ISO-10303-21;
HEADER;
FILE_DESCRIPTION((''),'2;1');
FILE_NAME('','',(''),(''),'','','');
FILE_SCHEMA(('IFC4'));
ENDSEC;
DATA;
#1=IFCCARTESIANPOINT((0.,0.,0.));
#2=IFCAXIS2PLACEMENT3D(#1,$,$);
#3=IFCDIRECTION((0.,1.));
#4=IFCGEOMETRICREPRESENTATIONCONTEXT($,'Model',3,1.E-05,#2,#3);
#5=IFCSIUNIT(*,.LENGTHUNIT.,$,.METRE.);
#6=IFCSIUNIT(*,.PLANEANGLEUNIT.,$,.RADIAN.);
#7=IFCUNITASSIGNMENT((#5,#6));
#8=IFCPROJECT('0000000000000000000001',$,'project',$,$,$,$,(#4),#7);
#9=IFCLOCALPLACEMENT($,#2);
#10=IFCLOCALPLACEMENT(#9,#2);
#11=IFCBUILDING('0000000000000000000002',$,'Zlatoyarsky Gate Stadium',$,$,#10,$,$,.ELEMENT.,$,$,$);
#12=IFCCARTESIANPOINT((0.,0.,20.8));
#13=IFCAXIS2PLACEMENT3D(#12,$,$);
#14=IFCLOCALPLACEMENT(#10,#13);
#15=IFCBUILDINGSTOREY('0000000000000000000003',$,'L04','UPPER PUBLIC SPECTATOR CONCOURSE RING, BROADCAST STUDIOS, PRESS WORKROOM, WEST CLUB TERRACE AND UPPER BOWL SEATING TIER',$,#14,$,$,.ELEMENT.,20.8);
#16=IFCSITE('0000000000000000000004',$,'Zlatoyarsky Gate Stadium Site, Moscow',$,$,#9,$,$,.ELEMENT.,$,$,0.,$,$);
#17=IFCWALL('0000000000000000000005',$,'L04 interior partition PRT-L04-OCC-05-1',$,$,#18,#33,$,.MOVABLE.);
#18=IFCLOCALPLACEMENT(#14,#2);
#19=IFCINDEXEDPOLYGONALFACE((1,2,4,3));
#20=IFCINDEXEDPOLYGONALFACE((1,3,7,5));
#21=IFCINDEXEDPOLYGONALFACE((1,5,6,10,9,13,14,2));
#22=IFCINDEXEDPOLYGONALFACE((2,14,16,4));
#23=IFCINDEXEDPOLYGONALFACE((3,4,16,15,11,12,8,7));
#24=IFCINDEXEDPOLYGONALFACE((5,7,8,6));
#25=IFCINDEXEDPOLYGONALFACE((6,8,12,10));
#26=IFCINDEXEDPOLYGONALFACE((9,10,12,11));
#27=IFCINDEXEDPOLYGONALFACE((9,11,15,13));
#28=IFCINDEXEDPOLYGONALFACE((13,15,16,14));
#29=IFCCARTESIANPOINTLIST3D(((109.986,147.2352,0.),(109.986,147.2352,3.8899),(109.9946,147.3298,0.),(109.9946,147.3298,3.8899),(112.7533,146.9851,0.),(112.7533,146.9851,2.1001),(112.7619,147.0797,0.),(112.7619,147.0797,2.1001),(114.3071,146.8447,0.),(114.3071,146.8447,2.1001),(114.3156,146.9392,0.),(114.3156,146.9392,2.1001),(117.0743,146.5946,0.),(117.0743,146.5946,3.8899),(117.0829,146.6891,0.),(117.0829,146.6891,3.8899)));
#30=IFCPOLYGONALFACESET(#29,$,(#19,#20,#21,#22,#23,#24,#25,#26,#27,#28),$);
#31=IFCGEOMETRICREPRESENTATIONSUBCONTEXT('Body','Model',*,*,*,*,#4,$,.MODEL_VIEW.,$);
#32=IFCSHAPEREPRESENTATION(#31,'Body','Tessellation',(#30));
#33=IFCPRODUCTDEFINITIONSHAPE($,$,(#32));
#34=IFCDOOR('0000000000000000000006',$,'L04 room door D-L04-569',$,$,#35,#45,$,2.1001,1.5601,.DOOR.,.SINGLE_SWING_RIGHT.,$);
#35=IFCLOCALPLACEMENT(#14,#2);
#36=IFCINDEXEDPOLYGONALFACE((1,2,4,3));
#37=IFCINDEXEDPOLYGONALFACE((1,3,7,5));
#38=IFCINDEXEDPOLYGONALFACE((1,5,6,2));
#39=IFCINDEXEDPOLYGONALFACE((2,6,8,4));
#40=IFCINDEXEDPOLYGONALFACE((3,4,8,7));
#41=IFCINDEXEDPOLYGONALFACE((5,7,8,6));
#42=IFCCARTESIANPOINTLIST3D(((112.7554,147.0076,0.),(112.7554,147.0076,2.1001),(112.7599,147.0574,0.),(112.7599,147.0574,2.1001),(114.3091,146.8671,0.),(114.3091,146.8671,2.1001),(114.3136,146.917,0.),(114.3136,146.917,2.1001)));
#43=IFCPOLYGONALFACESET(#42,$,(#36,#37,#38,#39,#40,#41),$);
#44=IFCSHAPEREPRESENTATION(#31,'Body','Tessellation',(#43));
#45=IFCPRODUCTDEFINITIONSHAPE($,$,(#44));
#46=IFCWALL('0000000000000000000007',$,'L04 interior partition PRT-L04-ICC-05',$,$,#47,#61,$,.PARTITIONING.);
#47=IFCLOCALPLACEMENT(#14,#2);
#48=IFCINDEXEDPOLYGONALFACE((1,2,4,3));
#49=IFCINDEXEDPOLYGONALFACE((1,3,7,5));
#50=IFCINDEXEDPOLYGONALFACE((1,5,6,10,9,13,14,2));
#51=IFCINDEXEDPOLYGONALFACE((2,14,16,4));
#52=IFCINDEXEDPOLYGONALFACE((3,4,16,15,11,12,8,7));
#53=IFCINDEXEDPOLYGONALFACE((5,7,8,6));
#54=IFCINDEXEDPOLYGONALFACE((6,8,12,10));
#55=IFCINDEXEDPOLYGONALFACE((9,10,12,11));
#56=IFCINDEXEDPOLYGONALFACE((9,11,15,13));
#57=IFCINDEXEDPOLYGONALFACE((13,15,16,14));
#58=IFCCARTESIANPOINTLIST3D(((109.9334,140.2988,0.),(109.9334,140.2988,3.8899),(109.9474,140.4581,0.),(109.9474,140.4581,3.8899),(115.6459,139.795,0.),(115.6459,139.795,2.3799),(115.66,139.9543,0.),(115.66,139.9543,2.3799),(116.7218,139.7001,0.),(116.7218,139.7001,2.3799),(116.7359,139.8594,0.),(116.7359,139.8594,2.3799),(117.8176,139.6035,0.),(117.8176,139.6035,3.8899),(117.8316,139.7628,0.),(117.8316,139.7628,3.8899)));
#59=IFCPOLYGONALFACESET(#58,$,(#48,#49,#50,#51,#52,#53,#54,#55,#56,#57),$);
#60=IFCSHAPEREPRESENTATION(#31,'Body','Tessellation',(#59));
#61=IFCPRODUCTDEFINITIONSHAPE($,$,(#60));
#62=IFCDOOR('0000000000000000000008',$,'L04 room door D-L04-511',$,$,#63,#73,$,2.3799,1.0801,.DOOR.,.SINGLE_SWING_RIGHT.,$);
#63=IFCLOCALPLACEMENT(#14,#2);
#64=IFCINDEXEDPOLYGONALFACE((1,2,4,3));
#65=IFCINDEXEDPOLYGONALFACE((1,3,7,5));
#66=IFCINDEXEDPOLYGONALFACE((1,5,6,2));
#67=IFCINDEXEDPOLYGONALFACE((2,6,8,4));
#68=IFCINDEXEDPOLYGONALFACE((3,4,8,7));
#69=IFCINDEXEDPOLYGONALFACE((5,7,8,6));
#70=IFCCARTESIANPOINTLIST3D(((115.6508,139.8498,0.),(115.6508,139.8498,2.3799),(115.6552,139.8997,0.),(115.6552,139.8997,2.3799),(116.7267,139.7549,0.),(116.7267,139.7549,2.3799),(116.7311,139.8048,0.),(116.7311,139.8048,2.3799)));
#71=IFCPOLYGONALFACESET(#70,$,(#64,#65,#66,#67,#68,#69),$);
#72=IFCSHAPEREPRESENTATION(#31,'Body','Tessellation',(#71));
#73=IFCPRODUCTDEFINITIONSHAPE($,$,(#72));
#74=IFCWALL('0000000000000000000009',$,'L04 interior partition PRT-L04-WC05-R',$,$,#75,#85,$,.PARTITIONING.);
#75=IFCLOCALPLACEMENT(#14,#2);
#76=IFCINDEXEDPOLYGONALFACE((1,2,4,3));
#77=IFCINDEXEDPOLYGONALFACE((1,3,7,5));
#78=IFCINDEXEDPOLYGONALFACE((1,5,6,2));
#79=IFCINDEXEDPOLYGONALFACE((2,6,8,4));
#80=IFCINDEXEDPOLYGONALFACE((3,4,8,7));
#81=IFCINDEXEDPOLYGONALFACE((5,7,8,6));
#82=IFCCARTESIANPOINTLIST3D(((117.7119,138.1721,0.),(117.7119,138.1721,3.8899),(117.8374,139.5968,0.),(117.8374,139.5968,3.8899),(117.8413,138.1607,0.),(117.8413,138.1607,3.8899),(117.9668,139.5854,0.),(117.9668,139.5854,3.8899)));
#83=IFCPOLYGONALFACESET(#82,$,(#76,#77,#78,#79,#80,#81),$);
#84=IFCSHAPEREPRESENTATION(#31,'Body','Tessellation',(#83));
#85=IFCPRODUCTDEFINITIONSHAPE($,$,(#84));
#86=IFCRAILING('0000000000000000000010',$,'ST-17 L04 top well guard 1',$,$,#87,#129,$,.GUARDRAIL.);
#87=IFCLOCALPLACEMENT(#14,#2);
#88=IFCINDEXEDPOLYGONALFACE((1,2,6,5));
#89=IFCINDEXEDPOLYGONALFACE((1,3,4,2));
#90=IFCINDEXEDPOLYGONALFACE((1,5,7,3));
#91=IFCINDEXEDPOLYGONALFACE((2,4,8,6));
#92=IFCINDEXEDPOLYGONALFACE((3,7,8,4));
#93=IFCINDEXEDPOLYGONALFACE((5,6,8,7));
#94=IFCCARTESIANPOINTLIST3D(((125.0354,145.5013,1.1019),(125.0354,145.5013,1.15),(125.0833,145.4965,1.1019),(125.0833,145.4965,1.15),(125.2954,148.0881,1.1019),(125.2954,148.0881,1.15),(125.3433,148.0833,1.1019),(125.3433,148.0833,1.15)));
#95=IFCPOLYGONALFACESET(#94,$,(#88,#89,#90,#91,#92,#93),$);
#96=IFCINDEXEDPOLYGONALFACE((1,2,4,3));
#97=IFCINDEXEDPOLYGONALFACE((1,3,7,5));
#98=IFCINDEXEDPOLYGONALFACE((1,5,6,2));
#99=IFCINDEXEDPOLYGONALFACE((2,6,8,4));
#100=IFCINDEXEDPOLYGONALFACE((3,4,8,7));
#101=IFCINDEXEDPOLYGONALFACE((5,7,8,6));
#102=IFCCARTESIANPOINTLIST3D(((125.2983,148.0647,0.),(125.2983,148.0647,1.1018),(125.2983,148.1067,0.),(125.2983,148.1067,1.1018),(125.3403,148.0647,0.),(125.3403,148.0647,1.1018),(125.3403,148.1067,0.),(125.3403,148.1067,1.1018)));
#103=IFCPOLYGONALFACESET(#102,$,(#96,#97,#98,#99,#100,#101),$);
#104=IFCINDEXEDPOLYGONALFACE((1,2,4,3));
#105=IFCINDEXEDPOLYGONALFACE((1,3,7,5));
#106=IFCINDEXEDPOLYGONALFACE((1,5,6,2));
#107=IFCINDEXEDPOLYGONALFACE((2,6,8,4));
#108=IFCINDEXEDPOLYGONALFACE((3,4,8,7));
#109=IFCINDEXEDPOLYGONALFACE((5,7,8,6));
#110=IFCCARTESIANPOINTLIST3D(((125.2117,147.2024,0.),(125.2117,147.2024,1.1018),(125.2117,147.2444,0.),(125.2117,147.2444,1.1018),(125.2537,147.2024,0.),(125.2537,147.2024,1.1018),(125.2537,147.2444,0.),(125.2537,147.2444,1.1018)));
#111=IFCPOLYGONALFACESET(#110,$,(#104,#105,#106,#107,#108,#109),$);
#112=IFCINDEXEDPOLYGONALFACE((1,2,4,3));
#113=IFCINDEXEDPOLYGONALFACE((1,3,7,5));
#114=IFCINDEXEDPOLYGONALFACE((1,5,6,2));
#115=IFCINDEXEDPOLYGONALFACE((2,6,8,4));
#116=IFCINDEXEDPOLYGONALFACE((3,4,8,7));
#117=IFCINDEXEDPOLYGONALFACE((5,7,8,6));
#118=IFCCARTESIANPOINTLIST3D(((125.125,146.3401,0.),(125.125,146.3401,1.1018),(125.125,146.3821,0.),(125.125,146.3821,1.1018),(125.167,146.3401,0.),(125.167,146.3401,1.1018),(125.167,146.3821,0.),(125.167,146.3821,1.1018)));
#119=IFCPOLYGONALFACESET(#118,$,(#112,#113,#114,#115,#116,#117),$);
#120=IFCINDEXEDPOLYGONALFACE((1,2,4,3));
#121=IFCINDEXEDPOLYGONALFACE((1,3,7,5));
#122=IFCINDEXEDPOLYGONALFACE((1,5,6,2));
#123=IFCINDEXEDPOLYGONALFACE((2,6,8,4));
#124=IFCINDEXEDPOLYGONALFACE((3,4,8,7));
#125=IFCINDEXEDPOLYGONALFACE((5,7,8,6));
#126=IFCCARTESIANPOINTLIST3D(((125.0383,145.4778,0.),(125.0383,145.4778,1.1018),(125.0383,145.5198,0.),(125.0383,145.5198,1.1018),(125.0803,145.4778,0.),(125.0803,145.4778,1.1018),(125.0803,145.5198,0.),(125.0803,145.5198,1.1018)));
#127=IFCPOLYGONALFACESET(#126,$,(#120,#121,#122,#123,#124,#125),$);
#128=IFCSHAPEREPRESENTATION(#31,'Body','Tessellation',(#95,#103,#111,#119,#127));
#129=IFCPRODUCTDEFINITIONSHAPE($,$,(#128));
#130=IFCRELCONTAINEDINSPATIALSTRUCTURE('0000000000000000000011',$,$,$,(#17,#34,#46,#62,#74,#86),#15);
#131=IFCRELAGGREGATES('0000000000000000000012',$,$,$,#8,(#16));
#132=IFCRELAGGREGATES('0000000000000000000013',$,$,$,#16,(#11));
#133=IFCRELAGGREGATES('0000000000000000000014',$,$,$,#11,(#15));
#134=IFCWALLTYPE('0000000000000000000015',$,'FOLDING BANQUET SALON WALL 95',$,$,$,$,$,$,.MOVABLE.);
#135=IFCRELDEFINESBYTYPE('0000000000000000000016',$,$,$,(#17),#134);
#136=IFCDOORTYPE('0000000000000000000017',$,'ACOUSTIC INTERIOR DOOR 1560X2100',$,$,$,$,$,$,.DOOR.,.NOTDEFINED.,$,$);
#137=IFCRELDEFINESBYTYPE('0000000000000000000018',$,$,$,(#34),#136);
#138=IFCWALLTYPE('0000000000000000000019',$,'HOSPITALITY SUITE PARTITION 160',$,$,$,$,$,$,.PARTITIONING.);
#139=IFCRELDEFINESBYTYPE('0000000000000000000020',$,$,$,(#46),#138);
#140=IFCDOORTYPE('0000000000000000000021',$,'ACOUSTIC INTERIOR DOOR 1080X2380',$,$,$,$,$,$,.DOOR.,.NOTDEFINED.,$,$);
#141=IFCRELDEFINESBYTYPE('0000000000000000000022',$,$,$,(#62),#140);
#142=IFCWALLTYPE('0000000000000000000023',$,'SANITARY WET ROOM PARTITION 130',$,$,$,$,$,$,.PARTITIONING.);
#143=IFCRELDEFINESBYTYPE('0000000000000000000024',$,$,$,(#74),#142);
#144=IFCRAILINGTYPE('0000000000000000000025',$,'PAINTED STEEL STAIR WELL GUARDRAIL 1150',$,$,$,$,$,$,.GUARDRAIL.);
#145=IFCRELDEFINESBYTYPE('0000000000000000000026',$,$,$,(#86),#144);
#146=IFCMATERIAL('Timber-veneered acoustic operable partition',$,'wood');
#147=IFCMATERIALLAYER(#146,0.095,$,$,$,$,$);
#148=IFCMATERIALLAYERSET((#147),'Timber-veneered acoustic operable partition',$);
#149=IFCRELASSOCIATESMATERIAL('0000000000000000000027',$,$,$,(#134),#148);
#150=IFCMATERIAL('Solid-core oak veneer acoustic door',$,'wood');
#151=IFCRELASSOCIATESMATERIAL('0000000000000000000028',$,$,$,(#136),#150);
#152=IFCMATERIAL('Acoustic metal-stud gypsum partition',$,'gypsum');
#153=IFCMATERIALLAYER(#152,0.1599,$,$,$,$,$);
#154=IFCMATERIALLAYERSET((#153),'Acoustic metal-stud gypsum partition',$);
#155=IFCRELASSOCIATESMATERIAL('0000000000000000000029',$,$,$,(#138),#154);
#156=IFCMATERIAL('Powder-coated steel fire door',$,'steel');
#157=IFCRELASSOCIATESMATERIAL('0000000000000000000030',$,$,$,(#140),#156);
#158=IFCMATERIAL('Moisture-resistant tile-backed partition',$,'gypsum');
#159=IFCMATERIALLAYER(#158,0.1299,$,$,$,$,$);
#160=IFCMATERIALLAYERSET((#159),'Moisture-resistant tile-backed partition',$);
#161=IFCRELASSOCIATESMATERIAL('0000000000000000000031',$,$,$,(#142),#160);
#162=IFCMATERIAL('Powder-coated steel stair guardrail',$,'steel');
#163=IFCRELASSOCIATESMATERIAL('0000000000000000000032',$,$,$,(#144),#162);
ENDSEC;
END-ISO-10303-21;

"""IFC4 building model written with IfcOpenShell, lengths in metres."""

from ifc_helpers import new_model, si_unit, direction, frame, frame_2d, origin, origin_2d, place, context, subcontext, project, spatial, rectangle, extrude, material, layer, layer_set, type_object, element, fill, save


model = new_model("IFC4")

# Units and contexts
model_context = context("Model", 3, precision=1e-05, world=origin(), true_north=direction((0.0, 1.0)))
body_context = subcontext(model_context, "Body", "Model", "MODEL_VIEW")
ifc_project = project(units=[si_unit("LENGTHUNIT", "METRE"), si_unit("PLANEANGLEUNIT", "RADIAN")], contexts=[model_context])

# Site, building, storey
site_placement = place(None, origin())
site = spatial("IfcSite", under=ifc_project, at=site_placement, Name="Zlatoyarsky Gate Stadium Site, Moscow", CompositionType="ELEMENT", RefElevation=0.0)
building_placement = place(site_placement, origin())
building = spatial("IfcBuilding", under=site, at=building_placement, Name="Zlatoyarsky Gate Stadium", CompositionType="ELEMENT")
storey_placement = place(building_placement, frame((0.0, 0.0, 20.8)))
storey = spatial("IfcBuildingStorey", under=building, at=storey_placement, Name="L04", Description="UPPER PUBLIC SPECTATOR CONCOURSE RING, BROADCAST STUDIOS, PRESS WORKROOM, WEST CLUB TERRACE AND UPPER BOWL SEATING TIER", CompositionType="ELEMENT", Elevation=20.8)

# Shared definitions
ifc_material_1 = material(Name="Powder-coated steel fire door", Category="steel")

# Walls, openings, doors
ifc_material_2 = material(Name="Timber-veneered acoustic operable partition", Category="wood")
ifc_layer_1 = layer(ifc_material_2, 0.095)
ifc_layer_set_1 = layer_set([ifc_layer_1], Name="Timber-veneered acoustic operable partition")
wall_type_1 = type_object("IfcWallType", Name="FOLDING BANQUET SALON WALL 95", PredefinedType="MOVABLE", material=ifc_layer_set_1)
wall_1_placement = place(storey_placement, frame((117.0786, 146.6418, 0.0), z_axis=(0.0, 0.0, 1.0), x_axis=(-0.995941, 0.09001, 0.0)))
wall_1 = element("IfcWall", 1, at=wall_1_placement, inside=storey, type_object=wall_type_1, Name="L04 interior partition PRT-L04-OCC-05-1", PredefinedType="MOVABLE", context=body_context, shape_type="SweptSolid", body=[
    extrude(rectangle(XDim=7.1172, YDim=0.095, at=frame_2d((3.5586, 0.0))), origin(), (0.0, 0.0, 1.0), 3.8899),
])
opening_1_placement = place(wall_1_placement, frame((2.7786, 0.0, 0.0)))
opening_1 = element("IfcOpeningElement", 2, at=opening_1_placement, cuts=wall_1, PredefinedType="OPENING", context=body_context, shape_type="SweptSolid", body=[
    extrude(rectangle(XDim=1.5601, YDim=2.1001, at=frame_2d((0.78, 1.05))), frame((0.0, 0.0574, 0.0), z_axis=(0.0, -1.0, 0.0), x_axis=(1.0, 0.0, 0.0)), (0.0, 0.0, 1.0), 0.115),
])
ifc_material_3 = material(Name="Solid-core oak veneer acoustic door", Category="wood")
door_type_1 = type_object("IfcDoorType", Name="ACOUSTIC INTERIOR DOOR 1560X2100", OperationType="NOTDEFINED", PredefinedType="DOOR", material=ifc_material_3)
door_1_placement = place(opening_1_placement, origin())
door_1 = element("IfcDoor", 3, at=door_1_placement, inside=storey, type_object=door_type_1, Name="L04 room door D-L04-569", OperationType="SINGLE_SWING_RIGHT", OverallHeight=2.1001, OverallWidth=1.5601, PredefinedType="DOOR", context=body_context, shape_type="SweptSolid", body=[
    extrude(rectangle(XDim=1.5601, YDim=2.1001, at=frame_2d((0.78, 1.05))), frame((0.0, 0.0249, 0.0), z_axis=(0.0, -1.0, 0.0), x_axis=(1.0, 0.0, 0.0)), (0.0, 0.0, 1.0), 0.05),
])
fill(opening_1, door_1)
ifc_material_4 = material(Name="Acoustic metal-stud gypsum partition", Category="gypsum")
ifc_layer_2 = layer(ifc_material_4, 0.1599)
ifc_layer_set_2 = layer_set([ifc_layer_2], Name="Acoustic metal-stud gypsum partition")
wall_type_2 = type_object("IfcWallType", Name="HOSPITALITY SUITE PARTITION 160", PredefinedType="PARTITIONING", material=ifc_layer_set_2)
wall_2_placement = place(storey_placement, frame((117.8247, 139.6831, 0.0), z_axis=(0.0, 0.0, 1.0), x_axis=(-0.996134, 0.087849, 0.0)))
wall_2 = element("IfcWall", 4, at=wall_2_placement, inside=storey, type_object=wall_type_2, Name="L04 interior partition PRT-L04-ICC-05", PredefinedType="PARTITIONING", context=body_context, shape_type="SweptSolid", body=[
    extrude(rectangle(XDim=7.9148, YDim=0.1599, at=frame_2d((3.9575, 0.0))), origin(), (0.0, 0.0, 1.0), 3.8899),
])
opening_2_placement = place(wall_2_placement, frame((1.1001, 0.0, 0.0)))
opening_2 = element("IfcOpeningElement", 5, at=opening_2_placement, cuts=wall_2, PredefinedType="OPENING", context=body_context, shape_type="SweptSolid", body=[
    extrude(rectangle(XDim=1.0801, YDim=2.3799, at=frame_2d((0.54, 1.1899))), frame((0.0, 0.0898, 0.0), z_axis=(0.0, -1.0, 0.0), x_axis=(1.0, 0.0, 0.0)), (0.0, 0.0, 1.0), 0.1799),
])
door_type_2 = type_object("IfcDoorType", Name="ACOUSTIC INTERIOR DOOR 1080X2380", OperationType="NOTDEFINED", PredefinedType="DOOR", material=ifc_material_1)
door_2_placement = place(opening_2_placement, origin())
door_2 = element("IfcDoor", 6, at=door_2_placement, inside=storey, type_object=door_type_2, Name="L04 room door D-L04-511", OperationType="SINGLE_SWING_RIGHT", OverallHeight=2.3799, OverallWidth=1.0801, PredefinedType="DOOR", context=body_context, shape_type="SweptSolid", body=[
    extrude(rectangle(XDim=1.0801, YDim=2.3799, at=frame_2d((0.54, 1.1899))), frame((0.0, 0.0249, 0.0), z_axis=(0.0, -1.0, 0.0), x_axis=(1.0, 0.0, 0.0)), (0.0, 0.0, 1.0), 0.05),
])
fill(opening_2, door_2)

# Wall
ifc_material_5 = material(Name="Moisture-resistant tile-backed partition", Category="gypsum")
ifc_layer_3 = layer(ifc_material_5, 0.1299)
ifc_layer_set_3 = layer_set([ifc_layer_3], Name="Moisture-resistant tile-backed partition")
wall_type_3 = type_object("IfcWallType", Name="SANITARY WET ROOM PARTITION 130", PredefinedType="PARTITIONING", material=ifc_layer_set_3)
wall_3_placement = place(storey_placement, frame((117.9021, 139.5911, 0.0), z_axis=(0.0, 0.0, 1.0), x_axis=(-0.087749, -0.996143, 0.0)))
element("IfcWall", 7, at=wall_3_placement, inside=storey, type_object=wall_type_3, Name="L04 interior partition PRT-L04-WC05-R", PredefinedType="PARTITIONING", context=body_context, shape_type="SweptSolid", body=[
    extrude(rectangle(XDim=1.4302, YDim=0.1299, at=frame_2d((0.7151, 0.0))), origin(), (0.0, 0.0, 1.0), 3.8899),
])

# Railing
ifc_material_6 = material(Name="Powder-coated steel stair guardrail", Category="steel")
railing_type = type_object("IfcRailingType", Name="PAINTED STEEL STAIR WELL GUARDRAIL 1150", PredefinedType="GUARDRAIL", material=ifc_material_6)
railing_placement = place(storey_placement, frame((125.3193, 148.0857, 0.0)))
element("IfcRailing", 8, at=railing_placement, inside=storey, type_object=railing_type, Name="ST-17 L04 top well guard 1", PredefinedType="GUARDRAIL", context=body_context, shape_type="SweptSolid", body=[
    extrude(rectangle(XDim=0.0481, YDim=0.0481, at=origin_2d()), frame((0.0, 0.0, 1.126), z_axis=(-0.100006, -0.994987, 0.0), x_axis=(0.994987, -0.100006, 0.0)), (0.0, 0.0, 1.0), 2.5999),
    extrude(rectangle(XDim=0.042, YDim=0.042, at=origin_2d()), origin(), (0.0, 0.0, 1.0), 1.1018),
    extrude(rectangle(XDim=0.042, YDim=0.042, at=origin_2d()), frame((-0.0867, -0.8623, 0.0)), (0.0, 0.0, 1.0), 1.1018),
    extrude(rectangle(XDim=0.042, YDim=0.042, at=origin_2d()), frame((-0.1733, -1.7246, 0.0)), (0.0, 0.0, 1.0), 1.1018),
    extrude(rectangle(XDim=0.042, YDim=0.042, at=origin_2d()), frame((-0.26, -2.5869, 0.0)), (0.0, 0.0, 1.0), 1.1018),
])

save(model, "model.ifc")
